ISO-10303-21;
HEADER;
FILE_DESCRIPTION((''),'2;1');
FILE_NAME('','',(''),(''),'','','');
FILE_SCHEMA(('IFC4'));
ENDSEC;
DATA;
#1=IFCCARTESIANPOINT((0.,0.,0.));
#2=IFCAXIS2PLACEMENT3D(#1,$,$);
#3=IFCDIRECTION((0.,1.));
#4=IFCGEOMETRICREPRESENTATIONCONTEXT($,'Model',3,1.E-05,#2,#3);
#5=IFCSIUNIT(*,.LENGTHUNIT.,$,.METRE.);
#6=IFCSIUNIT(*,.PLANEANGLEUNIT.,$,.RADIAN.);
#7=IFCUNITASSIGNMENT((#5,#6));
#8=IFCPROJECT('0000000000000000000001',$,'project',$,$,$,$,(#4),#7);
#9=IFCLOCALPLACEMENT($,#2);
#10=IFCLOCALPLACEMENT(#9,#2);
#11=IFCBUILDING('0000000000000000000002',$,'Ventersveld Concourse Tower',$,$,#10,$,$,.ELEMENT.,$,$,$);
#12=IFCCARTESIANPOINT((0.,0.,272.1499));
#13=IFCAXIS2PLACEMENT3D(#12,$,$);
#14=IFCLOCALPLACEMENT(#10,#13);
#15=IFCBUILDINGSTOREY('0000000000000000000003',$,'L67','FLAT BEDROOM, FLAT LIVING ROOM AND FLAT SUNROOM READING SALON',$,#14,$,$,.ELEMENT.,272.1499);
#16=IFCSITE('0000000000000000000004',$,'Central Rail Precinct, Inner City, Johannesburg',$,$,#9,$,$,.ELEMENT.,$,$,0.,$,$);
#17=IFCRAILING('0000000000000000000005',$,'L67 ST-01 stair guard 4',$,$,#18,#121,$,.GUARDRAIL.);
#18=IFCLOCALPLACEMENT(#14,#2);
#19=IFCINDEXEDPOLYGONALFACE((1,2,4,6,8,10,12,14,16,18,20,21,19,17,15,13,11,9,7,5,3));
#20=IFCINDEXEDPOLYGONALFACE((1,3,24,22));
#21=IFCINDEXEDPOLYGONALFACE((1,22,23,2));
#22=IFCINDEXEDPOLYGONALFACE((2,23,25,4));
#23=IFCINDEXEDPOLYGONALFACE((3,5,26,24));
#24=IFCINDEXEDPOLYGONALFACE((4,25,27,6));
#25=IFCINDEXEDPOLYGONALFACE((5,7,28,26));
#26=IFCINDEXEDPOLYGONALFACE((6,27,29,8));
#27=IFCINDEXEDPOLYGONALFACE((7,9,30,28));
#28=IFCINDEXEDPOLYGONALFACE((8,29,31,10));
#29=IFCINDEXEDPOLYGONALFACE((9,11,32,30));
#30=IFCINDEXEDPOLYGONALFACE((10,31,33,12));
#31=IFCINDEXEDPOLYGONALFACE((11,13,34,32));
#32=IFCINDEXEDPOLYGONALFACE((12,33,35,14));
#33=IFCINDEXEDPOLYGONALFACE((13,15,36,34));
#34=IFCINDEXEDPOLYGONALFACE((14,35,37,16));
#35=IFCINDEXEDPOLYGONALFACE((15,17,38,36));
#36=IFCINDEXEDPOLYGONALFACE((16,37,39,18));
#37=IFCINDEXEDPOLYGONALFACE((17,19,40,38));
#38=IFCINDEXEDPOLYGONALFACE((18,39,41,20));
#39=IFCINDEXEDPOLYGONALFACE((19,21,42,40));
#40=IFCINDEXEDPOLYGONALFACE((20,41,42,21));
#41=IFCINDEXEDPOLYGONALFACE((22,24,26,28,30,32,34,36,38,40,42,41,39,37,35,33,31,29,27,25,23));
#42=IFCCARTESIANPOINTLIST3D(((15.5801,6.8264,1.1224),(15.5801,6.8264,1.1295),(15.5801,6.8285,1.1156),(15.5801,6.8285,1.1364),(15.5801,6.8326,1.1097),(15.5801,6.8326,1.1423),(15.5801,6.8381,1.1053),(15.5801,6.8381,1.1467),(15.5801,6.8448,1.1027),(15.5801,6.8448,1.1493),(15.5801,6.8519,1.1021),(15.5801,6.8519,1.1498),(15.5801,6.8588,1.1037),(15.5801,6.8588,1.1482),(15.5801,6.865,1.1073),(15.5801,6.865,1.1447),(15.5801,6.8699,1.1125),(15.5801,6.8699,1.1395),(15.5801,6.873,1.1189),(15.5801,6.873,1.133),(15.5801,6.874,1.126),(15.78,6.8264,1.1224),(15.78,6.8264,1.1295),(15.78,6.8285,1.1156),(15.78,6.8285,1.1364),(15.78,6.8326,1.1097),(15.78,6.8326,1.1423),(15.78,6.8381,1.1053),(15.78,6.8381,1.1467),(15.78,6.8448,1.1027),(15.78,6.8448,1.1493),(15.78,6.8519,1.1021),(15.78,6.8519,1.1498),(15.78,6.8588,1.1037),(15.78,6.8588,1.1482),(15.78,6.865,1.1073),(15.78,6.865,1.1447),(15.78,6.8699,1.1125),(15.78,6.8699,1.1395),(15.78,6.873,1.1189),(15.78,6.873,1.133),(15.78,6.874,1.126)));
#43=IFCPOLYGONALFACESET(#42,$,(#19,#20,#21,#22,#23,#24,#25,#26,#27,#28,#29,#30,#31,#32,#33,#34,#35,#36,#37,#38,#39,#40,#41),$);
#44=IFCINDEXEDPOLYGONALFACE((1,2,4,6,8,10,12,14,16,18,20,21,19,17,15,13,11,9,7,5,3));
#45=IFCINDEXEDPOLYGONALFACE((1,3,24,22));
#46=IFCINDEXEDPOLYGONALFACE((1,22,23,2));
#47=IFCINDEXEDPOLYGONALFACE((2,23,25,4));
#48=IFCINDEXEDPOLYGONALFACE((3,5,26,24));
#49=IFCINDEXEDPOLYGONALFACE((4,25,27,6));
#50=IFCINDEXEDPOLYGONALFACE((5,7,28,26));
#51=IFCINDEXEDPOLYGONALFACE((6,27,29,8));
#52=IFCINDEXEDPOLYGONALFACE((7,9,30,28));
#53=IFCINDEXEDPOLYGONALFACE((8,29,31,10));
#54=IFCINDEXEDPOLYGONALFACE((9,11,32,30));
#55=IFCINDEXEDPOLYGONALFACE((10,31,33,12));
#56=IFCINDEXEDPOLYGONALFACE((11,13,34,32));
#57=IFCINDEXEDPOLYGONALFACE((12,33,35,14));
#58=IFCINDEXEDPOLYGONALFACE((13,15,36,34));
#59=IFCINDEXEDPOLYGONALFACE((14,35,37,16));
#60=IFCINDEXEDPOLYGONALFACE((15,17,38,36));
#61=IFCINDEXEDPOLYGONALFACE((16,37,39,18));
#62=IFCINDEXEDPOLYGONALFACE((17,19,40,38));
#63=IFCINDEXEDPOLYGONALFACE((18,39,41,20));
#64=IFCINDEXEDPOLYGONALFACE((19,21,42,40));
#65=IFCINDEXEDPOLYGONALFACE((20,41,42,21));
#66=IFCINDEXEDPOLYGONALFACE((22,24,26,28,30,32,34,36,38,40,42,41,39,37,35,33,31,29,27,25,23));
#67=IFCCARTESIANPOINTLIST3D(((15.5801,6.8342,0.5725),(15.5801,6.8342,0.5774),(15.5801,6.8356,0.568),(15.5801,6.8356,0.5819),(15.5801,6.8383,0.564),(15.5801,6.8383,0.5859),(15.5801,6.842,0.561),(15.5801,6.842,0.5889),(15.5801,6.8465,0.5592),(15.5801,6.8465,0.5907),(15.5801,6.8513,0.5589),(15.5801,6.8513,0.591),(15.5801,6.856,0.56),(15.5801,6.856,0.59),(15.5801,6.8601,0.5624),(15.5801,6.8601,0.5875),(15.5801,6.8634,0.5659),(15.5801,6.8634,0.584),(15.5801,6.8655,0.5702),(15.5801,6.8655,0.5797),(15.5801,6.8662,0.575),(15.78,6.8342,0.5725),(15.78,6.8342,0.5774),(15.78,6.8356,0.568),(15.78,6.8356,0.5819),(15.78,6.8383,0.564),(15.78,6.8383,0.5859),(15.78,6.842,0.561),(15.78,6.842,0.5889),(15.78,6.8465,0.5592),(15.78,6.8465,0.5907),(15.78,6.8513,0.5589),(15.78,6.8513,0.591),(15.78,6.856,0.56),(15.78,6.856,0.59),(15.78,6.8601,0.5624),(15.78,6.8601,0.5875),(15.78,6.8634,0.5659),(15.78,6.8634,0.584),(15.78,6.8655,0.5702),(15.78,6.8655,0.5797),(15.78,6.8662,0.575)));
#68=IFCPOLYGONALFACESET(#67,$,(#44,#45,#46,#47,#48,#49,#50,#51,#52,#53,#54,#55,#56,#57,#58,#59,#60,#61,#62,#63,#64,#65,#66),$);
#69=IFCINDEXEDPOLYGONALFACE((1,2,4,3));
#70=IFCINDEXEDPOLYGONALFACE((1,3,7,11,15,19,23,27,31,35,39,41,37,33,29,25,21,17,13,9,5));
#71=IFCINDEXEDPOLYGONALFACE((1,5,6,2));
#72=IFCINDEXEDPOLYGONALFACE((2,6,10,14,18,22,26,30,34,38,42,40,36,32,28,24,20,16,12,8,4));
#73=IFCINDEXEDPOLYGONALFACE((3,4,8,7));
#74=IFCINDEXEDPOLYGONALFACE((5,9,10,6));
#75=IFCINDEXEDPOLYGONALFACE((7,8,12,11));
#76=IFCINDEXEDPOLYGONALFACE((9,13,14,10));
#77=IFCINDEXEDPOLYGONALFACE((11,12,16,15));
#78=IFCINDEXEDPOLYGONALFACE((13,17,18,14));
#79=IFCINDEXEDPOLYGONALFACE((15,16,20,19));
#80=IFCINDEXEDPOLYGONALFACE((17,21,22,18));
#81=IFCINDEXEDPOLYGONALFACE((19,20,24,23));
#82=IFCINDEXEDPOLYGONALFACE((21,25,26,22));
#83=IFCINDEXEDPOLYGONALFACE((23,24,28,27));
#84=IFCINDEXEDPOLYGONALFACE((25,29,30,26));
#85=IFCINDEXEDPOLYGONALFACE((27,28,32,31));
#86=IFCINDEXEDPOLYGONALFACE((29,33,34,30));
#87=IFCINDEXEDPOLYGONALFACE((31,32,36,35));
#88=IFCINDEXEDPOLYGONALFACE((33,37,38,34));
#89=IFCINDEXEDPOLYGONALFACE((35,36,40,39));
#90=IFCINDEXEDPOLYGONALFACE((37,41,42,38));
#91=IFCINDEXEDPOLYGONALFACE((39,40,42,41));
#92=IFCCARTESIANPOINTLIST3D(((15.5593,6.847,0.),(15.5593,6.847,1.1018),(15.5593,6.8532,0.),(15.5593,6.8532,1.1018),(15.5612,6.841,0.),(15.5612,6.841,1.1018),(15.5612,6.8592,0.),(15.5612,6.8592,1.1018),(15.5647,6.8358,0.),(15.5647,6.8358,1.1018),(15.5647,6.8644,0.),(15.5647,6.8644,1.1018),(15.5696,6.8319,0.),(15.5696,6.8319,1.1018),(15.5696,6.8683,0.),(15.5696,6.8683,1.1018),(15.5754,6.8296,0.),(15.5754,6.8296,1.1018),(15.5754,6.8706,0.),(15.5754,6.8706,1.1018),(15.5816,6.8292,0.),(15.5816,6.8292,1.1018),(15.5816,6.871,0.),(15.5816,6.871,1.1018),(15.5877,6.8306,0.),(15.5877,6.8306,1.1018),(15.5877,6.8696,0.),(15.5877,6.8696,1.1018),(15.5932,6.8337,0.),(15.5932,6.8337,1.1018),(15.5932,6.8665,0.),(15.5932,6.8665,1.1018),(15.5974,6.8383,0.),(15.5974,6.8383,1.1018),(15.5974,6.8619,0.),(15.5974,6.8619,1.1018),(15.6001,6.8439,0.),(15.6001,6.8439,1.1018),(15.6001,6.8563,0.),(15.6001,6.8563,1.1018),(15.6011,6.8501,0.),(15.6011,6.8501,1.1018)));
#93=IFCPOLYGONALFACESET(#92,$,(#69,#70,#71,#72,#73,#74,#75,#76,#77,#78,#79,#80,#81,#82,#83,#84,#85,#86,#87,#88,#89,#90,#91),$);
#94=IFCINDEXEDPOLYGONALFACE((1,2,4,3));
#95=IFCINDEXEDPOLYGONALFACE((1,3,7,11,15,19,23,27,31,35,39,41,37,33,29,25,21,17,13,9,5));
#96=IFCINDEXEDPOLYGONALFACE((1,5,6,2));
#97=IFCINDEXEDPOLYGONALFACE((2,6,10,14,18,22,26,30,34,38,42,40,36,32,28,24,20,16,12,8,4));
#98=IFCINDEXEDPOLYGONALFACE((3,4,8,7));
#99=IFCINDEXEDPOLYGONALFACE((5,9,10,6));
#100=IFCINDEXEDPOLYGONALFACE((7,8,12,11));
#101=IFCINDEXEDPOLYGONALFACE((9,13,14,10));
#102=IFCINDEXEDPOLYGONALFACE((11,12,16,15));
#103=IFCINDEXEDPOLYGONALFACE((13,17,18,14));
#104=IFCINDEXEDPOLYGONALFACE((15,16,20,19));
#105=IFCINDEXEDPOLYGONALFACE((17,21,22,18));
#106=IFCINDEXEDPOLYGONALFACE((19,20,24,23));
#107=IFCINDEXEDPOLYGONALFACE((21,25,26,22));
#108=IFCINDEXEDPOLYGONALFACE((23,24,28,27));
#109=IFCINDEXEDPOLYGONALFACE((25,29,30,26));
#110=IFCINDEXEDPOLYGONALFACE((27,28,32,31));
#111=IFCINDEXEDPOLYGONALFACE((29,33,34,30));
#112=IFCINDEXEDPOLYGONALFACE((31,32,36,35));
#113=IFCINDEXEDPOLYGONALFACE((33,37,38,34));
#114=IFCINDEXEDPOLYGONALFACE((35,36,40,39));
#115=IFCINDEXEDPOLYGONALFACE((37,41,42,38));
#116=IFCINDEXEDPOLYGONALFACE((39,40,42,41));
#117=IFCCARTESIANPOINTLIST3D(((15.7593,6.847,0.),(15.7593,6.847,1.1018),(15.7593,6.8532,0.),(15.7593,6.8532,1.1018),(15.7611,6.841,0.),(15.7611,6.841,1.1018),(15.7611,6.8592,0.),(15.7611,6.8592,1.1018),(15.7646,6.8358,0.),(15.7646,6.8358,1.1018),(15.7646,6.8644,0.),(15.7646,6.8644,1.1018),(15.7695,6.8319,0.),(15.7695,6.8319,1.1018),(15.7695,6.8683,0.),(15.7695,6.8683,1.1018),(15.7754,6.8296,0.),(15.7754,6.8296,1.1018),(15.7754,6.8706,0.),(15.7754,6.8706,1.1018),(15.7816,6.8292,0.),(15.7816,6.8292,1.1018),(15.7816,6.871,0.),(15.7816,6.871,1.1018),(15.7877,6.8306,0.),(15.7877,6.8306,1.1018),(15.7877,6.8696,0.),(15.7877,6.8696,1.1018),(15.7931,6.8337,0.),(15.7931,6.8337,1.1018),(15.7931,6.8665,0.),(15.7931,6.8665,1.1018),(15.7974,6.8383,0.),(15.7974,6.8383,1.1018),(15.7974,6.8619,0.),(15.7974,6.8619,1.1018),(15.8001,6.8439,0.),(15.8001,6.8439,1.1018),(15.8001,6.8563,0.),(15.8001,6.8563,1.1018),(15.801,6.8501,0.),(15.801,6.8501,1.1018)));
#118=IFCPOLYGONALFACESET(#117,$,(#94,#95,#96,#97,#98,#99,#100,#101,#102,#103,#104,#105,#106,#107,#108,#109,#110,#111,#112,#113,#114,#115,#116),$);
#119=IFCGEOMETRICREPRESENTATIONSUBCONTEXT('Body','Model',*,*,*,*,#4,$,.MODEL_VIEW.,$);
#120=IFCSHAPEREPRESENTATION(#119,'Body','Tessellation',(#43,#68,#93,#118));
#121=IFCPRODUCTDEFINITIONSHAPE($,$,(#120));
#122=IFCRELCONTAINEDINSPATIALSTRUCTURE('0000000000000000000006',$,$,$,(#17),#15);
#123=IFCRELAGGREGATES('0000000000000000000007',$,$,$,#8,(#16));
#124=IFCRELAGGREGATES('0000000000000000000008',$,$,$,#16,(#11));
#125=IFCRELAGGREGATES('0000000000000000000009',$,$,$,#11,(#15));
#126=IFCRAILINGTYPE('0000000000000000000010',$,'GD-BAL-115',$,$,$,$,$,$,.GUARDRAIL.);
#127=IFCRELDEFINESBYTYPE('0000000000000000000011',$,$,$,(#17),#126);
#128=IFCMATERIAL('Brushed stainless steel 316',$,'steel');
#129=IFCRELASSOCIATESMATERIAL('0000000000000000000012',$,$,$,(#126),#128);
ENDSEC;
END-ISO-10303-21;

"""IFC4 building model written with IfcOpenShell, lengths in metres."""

from ifc_helpers import new_model, si_unit, direction, frame, origin, origin_2d, place, context, subcontext, project, spatial, circle, extrude, material, type_object, element, save


model = new_model("IFC4")

# Units and contexts
model_context = context("Model", 3, precision=1e-05, world=origin(), true_north=direction((0.0, 1.0)))
body_context = subcontext(model_context, "Body", "Model", "MODEL_VIEW")
ifc_project = project(units=[si_unit("LENGTHUNIT", "METRE"), si_unit("PLANEANGLEUNIT", "RADIAN")], contexts=[model_context])

# Site, building, storey
site_placement = place(None, origin())
site = spatial("IfcSite", under=ifc_project, at=site_placement, Name="Central Rail Precinct, Inner City, Johannesburg", CompositionType="ELEMENT", RefElevation=0.0)
building_placement = place(site_placement, origin())
building = spatial("IfcBuilding", under=site, at=building_placement, Name="Ventersveld Concourse Tower", CompositionType="ELEMENT")
storey_placement = place(building_placement, frame((0.0, 0.0, 272.1499)))
storey = spatial("IfcBuildingStorey", under=building, at=storey_placement, Name="L67", Description="FLAT BEDROOM, FLAT LIVING ROOM AND FLAT SUNROOM READING SALON", CompositionType="ELEMENT", Elevation=272.1499)

# Shared definitions
ifc_material_1 = material(Name="Brushed stainless steel 316", Category="steel")

# Railing
railing_type = type_object("IfcRailingType", Name="GD-BAL-115", PredefinedType="GUARDRAIL", material=ifc_material_1)
railing_1_placement = place(storey_placement, frame((15.5801, 6.8501, 0.0)))
element("IfcRailing", 1, at=railing_1_placement, inside=storey, type_object=railing_type, Name="L67 ST-01 stair guard 4", PredefinedType="GUARDRAIL", context=body_context, shape_type="SweptSolid", body=[
    extrude(circle(Radius=0.0239, at=origin_2d()), frame((0.0, 0.0, 1.126), z_axis=(1.0, 0.0, 0.0), x_axis=(0.0, 1.0, 0.0)), (0.0, 0.0, 1.0), 0.2),
    extrude(circle(Radius=0.0161, at=origin_2d()), frame((0.0, 0.0, 0.575), z_axis=(1.0, 0.0, 0.0), x_axis=(0.0, 1.0, 0.0)), (0.0, 0.0, 1.0), 0.2),
    extrude(circle(Radius=0.021, at=origin_2d()), origin(), (0.0, 0.0, 1.0), 1.1018),
    extrude(circle(Radius=0.021, at=origin_2d()), frame((0.2, 0.0, 0.0)), (0.0, 0.0, 1.0), 1.1018),
])

save(model, "model.ifc")
